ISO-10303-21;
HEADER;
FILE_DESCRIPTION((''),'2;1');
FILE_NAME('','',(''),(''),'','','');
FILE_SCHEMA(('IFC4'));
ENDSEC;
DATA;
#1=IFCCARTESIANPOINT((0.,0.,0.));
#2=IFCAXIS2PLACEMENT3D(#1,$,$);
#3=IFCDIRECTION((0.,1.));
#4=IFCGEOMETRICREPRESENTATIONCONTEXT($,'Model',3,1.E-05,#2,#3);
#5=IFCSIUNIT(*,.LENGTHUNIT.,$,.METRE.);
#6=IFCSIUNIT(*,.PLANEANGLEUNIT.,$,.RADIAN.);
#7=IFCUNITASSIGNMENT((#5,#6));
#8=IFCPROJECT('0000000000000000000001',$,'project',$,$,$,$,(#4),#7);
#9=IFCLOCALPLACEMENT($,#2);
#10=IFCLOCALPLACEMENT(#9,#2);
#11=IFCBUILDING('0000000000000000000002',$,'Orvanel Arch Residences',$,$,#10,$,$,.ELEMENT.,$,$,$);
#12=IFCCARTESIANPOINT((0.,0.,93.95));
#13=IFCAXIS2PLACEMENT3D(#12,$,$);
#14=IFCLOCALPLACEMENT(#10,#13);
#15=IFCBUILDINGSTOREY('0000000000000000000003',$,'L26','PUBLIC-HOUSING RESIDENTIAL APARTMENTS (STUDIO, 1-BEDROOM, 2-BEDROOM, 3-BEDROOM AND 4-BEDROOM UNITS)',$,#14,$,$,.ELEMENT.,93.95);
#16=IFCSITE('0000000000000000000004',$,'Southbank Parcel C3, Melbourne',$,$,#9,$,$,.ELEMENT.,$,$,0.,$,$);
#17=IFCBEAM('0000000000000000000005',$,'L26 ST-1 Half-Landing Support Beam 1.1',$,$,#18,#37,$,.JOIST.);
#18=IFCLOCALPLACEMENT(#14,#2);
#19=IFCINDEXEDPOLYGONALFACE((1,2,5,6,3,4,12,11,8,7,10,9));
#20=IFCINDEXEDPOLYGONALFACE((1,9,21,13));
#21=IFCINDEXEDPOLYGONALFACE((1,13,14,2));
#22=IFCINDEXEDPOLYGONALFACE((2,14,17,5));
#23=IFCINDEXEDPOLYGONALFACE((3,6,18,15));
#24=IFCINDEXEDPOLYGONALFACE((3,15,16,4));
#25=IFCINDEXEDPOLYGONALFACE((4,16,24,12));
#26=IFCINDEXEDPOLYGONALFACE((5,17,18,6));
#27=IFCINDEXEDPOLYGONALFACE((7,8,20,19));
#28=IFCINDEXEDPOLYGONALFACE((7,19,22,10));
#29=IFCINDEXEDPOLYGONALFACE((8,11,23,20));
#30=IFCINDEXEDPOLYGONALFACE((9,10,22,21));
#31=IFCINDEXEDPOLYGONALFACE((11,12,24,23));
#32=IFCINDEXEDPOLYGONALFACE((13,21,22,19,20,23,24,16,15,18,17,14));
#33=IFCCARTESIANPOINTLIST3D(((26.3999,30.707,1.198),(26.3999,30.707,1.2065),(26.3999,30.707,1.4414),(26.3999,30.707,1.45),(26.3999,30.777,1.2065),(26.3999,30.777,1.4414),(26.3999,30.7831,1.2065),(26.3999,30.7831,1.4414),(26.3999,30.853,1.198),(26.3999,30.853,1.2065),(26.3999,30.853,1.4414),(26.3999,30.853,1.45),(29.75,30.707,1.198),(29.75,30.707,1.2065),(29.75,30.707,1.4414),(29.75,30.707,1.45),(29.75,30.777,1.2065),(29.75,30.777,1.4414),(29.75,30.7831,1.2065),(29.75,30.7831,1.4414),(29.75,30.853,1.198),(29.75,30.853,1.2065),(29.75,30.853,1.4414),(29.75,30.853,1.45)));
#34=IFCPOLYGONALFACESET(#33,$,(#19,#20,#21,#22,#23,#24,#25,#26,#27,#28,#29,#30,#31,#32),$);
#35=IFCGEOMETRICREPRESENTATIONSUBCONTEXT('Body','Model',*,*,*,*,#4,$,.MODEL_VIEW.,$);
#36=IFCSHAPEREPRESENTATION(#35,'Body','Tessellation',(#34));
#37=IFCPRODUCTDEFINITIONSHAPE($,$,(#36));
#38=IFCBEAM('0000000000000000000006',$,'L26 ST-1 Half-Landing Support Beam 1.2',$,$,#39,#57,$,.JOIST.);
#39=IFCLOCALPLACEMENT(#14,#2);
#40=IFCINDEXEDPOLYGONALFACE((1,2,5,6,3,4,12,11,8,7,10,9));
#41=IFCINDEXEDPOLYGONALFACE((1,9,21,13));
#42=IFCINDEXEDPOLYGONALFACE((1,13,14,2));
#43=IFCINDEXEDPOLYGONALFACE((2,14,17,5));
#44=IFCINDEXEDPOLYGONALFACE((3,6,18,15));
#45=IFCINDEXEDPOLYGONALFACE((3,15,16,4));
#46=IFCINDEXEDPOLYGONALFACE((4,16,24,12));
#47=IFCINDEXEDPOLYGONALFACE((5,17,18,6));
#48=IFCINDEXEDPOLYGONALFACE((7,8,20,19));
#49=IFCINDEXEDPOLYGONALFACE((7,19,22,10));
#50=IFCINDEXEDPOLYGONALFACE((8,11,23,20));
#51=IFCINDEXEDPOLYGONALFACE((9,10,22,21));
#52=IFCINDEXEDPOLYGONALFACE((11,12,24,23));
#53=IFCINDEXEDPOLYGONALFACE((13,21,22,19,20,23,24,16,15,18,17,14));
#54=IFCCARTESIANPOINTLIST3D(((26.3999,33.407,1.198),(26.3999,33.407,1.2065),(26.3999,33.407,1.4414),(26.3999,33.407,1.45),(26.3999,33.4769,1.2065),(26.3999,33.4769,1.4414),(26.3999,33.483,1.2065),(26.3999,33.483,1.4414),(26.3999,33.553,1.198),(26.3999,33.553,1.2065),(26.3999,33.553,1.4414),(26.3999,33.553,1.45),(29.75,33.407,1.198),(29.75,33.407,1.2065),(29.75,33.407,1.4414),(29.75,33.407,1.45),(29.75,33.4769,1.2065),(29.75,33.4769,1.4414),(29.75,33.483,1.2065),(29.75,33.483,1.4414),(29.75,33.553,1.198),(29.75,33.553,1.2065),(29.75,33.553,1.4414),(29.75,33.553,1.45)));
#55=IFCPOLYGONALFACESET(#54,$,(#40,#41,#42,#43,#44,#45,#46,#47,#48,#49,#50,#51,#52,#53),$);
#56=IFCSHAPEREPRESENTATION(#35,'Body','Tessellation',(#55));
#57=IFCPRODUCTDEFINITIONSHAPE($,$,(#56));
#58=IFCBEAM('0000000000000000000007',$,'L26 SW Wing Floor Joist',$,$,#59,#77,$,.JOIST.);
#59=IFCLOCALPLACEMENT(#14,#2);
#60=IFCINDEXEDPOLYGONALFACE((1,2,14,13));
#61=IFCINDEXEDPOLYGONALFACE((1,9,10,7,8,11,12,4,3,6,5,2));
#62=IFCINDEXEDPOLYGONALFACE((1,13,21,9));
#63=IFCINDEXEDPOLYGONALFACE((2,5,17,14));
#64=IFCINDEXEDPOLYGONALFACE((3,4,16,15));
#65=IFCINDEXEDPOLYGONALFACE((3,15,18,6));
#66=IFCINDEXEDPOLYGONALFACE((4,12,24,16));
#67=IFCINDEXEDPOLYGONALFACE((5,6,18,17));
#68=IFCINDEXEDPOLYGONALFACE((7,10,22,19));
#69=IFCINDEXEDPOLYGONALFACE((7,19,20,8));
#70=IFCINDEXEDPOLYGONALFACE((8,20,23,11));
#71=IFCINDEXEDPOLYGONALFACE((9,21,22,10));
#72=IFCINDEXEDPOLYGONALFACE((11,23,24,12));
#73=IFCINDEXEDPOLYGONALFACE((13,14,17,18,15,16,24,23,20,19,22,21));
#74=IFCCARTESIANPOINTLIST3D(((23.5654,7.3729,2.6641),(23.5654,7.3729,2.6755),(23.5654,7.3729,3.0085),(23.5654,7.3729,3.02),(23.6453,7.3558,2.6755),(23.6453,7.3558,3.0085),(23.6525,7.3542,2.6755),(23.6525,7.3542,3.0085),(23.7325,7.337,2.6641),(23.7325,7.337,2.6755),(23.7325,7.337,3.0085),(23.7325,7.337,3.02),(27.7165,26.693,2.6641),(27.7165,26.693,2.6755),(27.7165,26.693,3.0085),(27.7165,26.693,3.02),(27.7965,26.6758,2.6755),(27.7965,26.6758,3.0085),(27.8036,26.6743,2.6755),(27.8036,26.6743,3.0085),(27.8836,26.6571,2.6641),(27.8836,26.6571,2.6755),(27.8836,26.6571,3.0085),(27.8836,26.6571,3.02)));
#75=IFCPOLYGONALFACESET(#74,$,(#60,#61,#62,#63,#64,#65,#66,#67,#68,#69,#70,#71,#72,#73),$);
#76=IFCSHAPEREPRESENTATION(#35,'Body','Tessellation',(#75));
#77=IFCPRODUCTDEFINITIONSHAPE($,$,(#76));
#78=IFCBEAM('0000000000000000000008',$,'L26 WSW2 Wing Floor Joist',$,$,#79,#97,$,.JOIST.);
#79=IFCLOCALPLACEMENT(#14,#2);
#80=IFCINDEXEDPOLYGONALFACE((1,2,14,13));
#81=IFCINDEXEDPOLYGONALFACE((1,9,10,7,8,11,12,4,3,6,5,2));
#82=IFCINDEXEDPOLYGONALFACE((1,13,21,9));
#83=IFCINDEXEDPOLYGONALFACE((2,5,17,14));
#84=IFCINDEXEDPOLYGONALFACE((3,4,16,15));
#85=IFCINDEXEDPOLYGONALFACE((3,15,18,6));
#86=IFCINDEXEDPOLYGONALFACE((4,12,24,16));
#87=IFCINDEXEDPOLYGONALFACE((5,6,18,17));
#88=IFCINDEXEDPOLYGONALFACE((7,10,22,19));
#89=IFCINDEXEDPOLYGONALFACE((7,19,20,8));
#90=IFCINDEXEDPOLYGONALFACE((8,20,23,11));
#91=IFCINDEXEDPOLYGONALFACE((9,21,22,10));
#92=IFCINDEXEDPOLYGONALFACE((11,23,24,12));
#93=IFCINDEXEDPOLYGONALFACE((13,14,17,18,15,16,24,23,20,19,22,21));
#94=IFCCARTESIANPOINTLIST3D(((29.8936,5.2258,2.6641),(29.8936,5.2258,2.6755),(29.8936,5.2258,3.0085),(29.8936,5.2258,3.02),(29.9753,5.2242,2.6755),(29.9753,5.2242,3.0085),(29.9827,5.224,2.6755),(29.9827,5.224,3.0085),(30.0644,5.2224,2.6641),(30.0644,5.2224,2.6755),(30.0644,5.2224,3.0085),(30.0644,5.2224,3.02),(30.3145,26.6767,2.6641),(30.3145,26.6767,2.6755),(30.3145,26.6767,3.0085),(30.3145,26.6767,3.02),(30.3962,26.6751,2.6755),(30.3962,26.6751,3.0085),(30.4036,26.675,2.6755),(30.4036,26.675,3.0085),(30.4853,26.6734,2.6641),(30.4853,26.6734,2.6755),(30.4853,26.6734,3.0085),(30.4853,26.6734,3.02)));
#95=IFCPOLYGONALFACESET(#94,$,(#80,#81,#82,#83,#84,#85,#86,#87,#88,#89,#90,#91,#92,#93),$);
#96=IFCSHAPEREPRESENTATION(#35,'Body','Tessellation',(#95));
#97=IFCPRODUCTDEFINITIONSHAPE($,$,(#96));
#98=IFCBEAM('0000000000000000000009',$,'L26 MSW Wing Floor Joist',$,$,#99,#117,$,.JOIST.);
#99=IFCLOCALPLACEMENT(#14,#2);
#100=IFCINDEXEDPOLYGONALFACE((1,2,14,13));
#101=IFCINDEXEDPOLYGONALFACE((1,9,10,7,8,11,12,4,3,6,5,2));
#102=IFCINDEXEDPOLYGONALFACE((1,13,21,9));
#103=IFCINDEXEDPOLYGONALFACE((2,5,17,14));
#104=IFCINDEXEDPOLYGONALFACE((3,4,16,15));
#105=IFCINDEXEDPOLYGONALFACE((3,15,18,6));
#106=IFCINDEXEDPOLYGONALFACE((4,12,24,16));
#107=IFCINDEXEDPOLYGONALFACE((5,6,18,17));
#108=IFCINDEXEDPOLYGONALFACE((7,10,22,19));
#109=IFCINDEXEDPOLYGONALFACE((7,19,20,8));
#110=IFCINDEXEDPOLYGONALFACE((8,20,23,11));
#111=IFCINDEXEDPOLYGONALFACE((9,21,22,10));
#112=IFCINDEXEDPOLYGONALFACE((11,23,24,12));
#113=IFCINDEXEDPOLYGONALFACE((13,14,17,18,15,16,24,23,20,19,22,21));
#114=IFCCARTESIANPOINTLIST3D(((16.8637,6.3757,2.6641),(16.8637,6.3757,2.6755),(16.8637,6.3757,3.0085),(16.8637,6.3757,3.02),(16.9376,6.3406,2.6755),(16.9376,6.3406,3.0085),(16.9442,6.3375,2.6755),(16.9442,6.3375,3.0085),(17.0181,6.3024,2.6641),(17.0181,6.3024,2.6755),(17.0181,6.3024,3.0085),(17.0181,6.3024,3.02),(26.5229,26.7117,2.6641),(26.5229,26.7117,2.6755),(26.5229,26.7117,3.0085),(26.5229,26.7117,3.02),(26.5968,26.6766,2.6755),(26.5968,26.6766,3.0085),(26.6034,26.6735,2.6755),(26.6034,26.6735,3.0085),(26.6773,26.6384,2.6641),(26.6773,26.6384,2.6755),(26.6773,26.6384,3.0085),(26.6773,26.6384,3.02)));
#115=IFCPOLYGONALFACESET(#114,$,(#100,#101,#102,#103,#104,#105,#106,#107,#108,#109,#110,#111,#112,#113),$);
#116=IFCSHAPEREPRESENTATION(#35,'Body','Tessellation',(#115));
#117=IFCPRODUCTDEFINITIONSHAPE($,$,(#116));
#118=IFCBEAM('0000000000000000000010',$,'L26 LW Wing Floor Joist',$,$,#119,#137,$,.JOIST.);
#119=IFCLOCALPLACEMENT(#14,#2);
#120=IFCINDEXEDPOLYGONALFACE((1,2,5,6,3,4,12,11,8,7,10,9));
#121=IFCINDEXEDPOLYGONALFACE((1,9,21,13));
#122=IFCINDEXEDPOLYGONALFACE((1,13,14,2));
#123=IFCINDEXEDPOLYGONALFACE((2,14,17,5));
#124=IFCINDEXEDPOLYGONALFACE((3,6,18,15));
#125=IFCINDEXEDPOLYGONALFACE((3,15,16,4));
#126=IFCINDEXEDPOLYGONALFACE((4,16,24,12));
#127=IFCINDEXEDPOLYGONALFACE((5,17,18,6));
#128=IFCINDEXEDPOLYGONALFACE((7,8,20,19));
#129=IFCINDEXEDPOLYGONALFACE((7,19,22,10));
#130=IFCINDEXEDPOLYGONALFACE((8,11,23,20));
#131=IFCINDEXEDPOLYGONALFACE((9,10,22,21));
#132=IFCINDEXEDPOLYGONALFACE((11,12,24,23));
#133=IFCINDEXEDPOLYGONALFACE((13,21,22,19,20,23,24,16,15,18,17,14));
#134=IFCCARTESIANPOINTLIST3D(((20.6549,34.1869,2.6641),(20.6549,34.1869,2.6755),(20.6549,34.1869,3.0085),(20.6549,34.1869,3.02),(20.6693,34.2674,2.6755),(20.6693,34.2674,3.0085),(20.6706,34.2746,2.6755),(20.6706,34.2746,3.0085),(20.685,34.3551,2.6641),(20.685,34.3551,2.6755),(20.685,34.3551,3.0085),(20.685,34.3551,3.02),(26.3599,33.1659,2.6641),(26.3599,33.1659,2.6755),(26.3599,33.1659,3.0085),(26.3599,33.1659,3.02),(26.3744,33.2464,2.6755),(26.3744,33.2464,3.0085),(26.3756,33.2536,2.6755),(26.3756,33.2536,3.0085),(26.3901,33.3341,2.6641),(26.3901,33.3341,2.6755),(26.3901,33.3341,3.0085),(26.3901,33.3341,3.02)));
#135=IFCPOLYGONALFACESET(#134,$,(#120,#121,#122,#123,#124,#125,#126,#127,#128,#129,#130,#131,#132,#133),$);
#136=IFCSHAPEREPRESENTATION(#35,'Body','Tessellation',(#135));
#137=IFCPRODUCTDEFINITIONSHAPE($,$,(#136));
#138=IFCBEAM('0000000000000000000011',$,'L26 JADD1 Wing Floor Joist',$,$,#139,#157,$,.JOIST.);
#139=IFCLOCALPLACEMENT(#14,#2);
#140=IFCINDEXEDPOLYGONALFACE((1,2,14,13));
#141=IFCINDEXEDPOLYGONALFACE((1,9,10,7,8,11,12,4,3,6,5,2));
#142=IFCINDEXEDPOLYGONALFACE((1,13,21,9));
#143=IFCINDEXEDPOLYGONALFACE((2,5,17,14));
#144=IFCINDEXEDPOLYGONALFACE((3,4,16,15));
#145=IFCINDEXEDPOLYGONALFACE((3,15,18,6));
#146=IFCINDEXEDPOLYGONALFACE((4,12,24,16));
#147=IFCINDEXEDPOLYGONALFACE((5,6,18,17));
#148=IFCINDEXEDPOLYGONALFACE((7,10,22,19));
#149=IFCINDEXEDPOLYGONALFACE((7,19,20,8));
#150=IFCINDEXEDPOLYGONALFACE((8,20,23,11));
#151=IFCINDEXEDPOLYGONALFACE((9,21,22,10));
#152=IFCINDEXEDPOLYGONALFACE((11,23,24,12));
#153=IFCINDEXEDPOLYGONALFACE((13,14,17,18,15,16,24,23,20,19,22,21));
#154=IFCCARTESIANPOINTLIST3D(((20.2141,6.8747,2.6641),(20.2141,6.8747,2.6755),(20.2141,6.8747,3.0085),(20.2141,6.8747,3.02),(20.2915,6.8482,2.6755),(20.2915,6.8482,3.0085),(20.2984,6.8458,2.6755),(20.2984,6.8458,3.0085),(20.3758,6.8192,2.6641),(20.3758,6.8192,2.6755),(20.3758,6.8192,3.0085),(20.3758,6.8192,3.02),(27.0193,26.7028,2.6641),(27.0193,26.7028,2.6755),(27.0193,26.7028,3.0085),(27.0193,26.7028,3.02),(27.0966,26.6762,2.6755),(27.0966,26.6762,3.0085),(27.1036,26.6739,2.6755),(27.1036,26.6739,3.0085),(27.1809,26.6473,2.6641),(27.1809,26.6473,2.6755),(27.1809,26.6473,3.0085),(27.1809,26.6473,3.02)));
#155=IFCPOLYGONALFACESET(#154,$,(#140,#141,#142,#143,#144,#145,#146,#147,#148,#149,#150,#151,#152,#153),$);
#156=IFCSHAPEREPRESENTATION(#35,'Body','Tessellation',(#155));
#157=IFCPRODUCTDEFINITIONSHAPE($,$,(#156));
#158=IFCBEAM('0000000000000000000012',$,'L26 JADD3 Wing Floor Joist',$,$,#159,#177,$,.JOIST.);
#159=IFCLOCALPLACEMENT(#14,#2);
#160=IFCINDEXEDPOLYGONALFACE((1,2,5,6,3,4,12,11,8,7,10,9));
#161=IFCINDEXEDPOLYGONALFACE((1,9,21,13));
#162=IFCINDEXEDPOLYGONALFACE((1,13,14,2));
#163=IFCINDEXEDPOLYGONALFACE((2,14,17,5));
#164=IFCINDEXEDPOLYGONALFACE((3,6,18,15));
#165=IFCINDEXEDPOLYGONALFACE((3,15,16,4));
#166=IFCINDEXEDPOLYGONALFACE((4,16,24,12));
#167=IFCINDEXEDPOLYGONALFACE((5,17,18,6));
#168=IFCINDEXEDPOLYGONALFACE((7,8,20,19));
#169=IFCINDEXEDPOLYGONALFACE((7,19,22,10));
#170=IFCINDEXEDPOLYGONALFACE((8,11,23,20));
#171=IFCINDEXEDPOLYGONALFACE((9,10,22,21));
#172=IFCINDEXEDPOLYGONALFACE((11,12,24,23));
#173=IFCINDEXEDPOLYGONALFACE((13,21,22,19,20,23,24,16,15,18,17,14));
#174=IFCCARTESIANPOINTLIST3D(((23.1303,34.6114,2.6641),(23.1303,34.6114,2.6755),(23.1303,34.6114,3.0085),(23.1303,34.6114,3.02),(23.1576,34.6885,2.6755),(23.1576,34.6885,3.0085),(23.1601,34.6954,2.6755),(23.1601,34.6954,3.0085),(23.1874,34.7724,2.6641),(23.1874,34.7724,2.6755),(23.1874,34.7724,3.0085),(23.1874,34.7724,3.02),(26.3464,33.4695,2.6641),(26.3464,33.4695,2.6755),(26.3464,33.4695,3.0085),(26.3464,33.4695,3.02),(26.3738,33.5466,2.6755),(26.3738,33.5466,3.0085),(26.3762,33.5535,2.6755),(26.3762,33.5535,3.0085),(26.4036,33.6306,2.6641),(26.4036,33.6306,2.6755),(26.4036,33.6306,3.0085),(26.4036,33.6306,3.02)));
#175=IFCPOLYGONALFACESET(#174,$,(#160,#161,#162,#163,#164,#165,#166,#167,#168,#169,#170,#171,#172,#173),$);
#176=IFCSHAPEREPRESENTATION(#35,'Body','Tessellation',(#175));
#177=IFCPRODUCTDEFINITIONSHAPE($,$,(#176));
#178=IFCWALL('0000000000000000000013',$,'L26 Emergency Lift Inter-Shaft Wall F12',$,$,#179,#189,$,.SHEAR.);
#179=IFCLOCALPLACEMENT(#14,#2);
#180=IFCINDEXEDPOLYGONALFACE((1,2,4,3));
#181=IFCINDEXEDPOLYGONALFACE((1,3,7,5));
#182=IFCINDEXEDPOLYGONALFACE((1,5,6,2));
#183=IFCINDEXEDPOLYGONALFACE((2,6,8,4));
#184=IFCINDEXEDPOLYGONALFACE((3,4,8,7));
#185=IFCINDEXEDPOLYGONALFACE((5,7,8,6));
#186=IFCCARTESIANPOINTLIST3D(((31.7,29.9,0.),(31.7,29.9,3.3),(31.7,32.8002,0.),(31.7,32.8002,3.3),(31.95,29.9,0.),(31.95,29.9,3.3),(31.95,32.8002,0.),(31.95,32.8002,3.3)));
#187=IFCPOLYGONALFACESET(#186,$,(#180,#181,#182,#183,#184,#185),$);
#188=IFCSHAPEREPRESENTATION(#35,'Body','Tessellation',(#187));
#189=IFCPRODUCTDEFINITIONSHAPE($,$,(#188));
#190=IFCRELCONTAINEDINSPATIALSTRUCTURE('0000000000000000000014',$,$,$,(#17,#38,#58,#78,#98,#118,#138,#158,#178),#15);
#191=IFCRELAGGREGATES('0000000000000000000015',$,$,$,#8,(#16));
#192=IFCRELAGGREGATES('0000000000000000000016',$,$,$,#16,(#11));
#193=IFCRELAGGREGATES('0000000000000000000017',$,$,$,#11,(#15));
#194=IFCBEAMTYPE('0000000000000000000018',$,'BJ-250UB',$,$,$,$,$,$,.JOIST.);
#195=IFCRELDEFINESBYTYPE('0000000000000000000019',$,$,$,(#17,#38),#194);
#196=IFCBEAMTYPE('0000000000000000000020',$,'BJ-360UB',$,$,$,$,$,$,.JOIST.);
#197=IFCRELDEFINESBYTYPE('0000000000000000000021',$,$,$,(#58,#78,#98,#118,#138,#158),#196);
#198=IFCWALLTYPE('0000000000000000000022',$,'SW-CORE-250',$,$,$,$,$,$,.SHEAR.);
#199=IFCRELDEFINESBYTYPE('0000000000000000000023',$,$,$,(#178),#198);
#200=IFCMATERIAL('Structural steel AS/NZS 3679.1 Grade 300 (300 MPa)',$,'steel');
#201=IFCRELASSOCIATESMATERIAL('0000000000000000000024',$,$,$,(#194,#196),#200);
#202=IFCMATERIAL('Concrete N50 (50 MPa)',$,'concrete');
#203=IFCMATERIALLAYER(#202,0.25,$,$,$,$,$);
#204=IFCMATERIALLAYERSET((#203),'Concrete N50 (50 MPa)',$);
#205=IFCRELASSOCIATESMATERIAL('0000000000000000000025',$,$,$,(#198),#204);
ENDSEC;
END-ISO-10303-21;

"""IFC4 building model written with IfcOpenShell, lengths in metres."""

from ifc_helpers import new_model, si_unit, direction, frame, frame_2d, origin, origin_2d, place, context, subcontext, project, spatial, rectangle, i_section, extrude, material, layer, layer_set, material_profile, profile_set, type_object, element, save


model = new_model("IFC4")

# Units and contexts
model_context = context("Model", 3, precision=1e-05, world=origin(), true_north=direction((0.0, 1.0)))
body_context = subcontext(model_context, "Body", "Model", "MODEL_VIEW")
ifc_project = project(units=[si_unit("LENGTHUNIT", "METRE"), si_unit("PLANEANGLEUNIT", "RADIAN")], contexts=[model_context])

# Site, building, storey
site_placement = place(None, origin())
site = spatial("IfcSite", under=ifc_project, at=site_placement, Name="Southbank Parcel C3, Melbourne", CompositionType="ELEMENT", RefElevation=0.0)
building_placement = place(site_placement, origin())
building = spatial("IfcBuilding", under=site, at=building_placement, Name="Orvanel Arch Residences", CompositionType="ELEMENT")
storey_placement = place(building_placement, frame((0.0, 0.0, 93.95)))
storey = spatial("IfcBuildingStorey", under=building, at=storey_placement, Name="L26", Description="PUBLIC-HOUSING RESIDENTIAL APARTMENTS (STUDIO, 1-BEDROOM, 2-BEDROOM, 3-BEDROOM AND 4-BEDROOM UNITS)", CompositionType="ELEMENT", Elevation=93.95)

# Beams
ifc_material_1 = material(Name="Structural steel AS/NZS 3679.1 Grade 300 (300 MPa)", Category="steel")
ifc_material_profile_1 = material_profile(ifc_material_1, i_section(OverallWidth=0.146, OverallDepth=0.252, WebThickness=0.0061, FlangeThickness=0.0085, at=origin_2d()), Name="250UB31.4")
ifc_profile_set_1 = profile_set([ifc_material_profile_1], Name="Structural steel AS/NZS 3679.1 Grade 300 (300 MPa)")
beam_type_1 = type_object("IfcBeamType", Name="BJ-250UB", PredefinedType="JOIST", material=ifc_profile_set_1)
for number, where, z_axis, x_axis, name in (
    (1, (26.3999, 30.78, 1.324), (1.0, 0.0, 0.0), (0.0, 1.0, 0.0), "L26 ST-1 Half-Landing Support Beam 1.1"),
    (2, (26.3999, 33.48, 1.324), (1.0, 0.0, 0.0), (0.0, 1.0, 0.0), "L26 ST-1 Half-Landing Support Beam 1.2"),
):
    element("IfcBeam", number, at=place(storey_placement, frame(where, z_axis=z_axis, x_axis=x_axis)), inside=storey, type_object=beam_type_1, Name=name, PredefinedType="JOIST", context=body_context, shape_type="SweptSolid", body=[
        extrude(i_section(OverallWidth=0.146, OverallDepth=0.252, WebThickness=0.0061, FlangeThickness=0.0085, at=origin_2d()), origin(), (0.0, 0.0, 1.0), 3.3501),
    ])
ifc_material_profile_2 = material_profile(ifc_material_1, i_section(OverallWidth=0.1709, OverallDepth=0.356, WebThickness=0.0073, FlangeThickness=0.0115, at=origin_2d()), Name="360UB50.7")
ifc_profile_set_2 = profile_set([ifc_material_profile_2], Name="Structural steel AS/NZS 3679.1 Grade 300 (300 MPa)")
beam_type_2 = type_object("IfcBeamType", Name="BJ-360UB", PredefinedType="JOIST", material=ifc_profile_set_2)
beam_1_placement = place(storey_placement, frame((27.8, 26.675, 2.842), z_axis=(-0.210067, -0.977687, 0.0), x_axis=(0.977687, -0.210067, 0.0)))
element("IfcBeam", 3, at=beam_1_placement, inside=storey, type_object=beam_type_2, Name="L26 SW Wing Floor Joist", PredefinedType="JOIST", context=body_context, shape_type="SweptSolid", body=[
    extrude(i_section(OverallWidth=0.1709, OverallDepth=0.356, WebThickness=0.0073, FlangeThickness=0.0115, at=origin_2d()), origin(), (0.0, 0.0, 1.0), 19.761),
])
beam_2_placement = place(storey_placement, frame((30.3999, 26.675, 2.842), z_axis=(-0.019618, -0.999808, 0.0), x_axis=(0.999808, -0.019618, 0.0)))
element("IfcBeam", 4, at=beam_2_placement, inside=storey, type_object=beam_type_2, Name="L26 WSW2 Wing Floor Joist", PredefinedType="JOIST", context=body_context, shape_type="SweptSolid", body=[
    extrude(i_section(OverallWidth=0.1709, OverallDepth=0.356, WebThickness=0.0073, FlangeThickness=0.0115, at=origin_2d()), origin(), (0.0, 0.0, 1.0), 21.4551),
])
beam_3_placement = place(storey_placement, frame((26.6001, 26.675, 2.842), z_axis=(-0.429043, -0.903284, 0.0), x_axis=(0.903284, -0.429043, 0.0)))
element("IfcBeam", 5, at=beam_3_placement, inside=storey, type_object=beam_type_2, Name="L26 MSW Wing Floor Joist", PredefinedType="JOIST", context=body_context, shape_type="SweptSolid", body=[
    extrude(i_section(OverallWidth=0.1709, OverallDepth=0.356, WebThickness=0.0073, FlangeThickness=0.0115, at=origin_2d()), origin(), (0.0, 0.0, 1.0), 22.5134),
])
beam_4_placement = place(storey_placement, frame((26.375, 33.25, 2.842), z_axis=(-0.984361, 0.176164, 0.0), x_axis=(-0.176164, -0.984361, 0.0)))
element("IfcBeam", 6, at=beam_4_placement, inside=storey, type_object=beam_type_2, Name="L26 LW Wing Floor Joist", PredefinedType="JOIST", context=body_context, shape_type="SweptSolid", body=[
    extrude(i_section(OverallWidth=0.1709, OverallDepth=0.356, WebThickness=0.0073, FlangeThickness=0.0115, at=origin_2d()), origin(), (0.0, 0.0, 1.0), 5.7957),
])
beam_5_placement = place(storey_placement, frame((27.1001, 26.675, 2.842), z_axis=(-0.324621, -0.945844, 0.0), x_axis=(0.945844, -0.324621, 0.0)))
element("IfcBeam", 7, at=beam_5_placement, inside=storey, type_object=beam_type_2, Name="L26 JADD1 Wing Floor Joist", PredefinedType="JOIST", context=body_context, shape_type="SweptSolid", body=[
    extrude(i_section(OverallWidth=0.1709, OverallDepth=0.356, WebThickness=0.0073, FlangeThickness=0.0115, at=origin_2d()), origin(), (0.0, 0.0, 1.0), 20.9634),
])
beam_6_placement = place(storey_placement, frame((26.375, 33.55, 2.842), z_axis=(-0.942367, 0.334582, 0.0), x_axis=(-0.334582, -0.942367, 0.0)))
element("IfcBeam", 8, at=beam_6_placement, inside=storey, type_object=beam_type_2, Name="L26 JADD3 Wing Floor Joist", PredefinedType="JOIST", context=body_context, shape_type="SweptSolid", body=[
    extrude(i_section(OverallWidth=0.1709, OverallDepth=0.356, WebThickness=0.0073, FlangeThickness=0.0115, at=origin_2d()), origin(), (0.0, 0.0, 1.0), 3.4128),
])

# Wall
ifc_material_2 = material(Name="Concrete N50 (50 MPa)", Category="concrete")
ifc_layer_1 = layer(ifc_material_2, 0.25)
ifc_layer_set_1 = layer_set([ifc_layer_1], Name="Concrete N50 (50 MPa)")
wall_type_1 = type_object("IfcWallType", Name="SW-CORE-250", PredefinedType="SHEAR", material=ifc_layer_set_1)
wall_1_placement = place(storey_placement, frame((31.825, 29.8999, 0.0), z_axis=(0.0, 0.0, 1.0), x_axis=(0.0, 1.0, 0.0)))
element("IfcWall", 9, at=wall_1_placement, inside=storey, type_object=wall_type_1, Name="L26 Emergency Lift Inter-Shaft Wall F12", PredefinedType="SHEAR", context=body_context, shape_type="SweptSolid", body=[
    extrude(rectangle(XDim=2.9001, YDim=0.25, at=frame_2d((1.4502, 0.0))), origin(), (0.0, 0.0, 1.0), 3.3),
])

save(model, "model.ifc")
